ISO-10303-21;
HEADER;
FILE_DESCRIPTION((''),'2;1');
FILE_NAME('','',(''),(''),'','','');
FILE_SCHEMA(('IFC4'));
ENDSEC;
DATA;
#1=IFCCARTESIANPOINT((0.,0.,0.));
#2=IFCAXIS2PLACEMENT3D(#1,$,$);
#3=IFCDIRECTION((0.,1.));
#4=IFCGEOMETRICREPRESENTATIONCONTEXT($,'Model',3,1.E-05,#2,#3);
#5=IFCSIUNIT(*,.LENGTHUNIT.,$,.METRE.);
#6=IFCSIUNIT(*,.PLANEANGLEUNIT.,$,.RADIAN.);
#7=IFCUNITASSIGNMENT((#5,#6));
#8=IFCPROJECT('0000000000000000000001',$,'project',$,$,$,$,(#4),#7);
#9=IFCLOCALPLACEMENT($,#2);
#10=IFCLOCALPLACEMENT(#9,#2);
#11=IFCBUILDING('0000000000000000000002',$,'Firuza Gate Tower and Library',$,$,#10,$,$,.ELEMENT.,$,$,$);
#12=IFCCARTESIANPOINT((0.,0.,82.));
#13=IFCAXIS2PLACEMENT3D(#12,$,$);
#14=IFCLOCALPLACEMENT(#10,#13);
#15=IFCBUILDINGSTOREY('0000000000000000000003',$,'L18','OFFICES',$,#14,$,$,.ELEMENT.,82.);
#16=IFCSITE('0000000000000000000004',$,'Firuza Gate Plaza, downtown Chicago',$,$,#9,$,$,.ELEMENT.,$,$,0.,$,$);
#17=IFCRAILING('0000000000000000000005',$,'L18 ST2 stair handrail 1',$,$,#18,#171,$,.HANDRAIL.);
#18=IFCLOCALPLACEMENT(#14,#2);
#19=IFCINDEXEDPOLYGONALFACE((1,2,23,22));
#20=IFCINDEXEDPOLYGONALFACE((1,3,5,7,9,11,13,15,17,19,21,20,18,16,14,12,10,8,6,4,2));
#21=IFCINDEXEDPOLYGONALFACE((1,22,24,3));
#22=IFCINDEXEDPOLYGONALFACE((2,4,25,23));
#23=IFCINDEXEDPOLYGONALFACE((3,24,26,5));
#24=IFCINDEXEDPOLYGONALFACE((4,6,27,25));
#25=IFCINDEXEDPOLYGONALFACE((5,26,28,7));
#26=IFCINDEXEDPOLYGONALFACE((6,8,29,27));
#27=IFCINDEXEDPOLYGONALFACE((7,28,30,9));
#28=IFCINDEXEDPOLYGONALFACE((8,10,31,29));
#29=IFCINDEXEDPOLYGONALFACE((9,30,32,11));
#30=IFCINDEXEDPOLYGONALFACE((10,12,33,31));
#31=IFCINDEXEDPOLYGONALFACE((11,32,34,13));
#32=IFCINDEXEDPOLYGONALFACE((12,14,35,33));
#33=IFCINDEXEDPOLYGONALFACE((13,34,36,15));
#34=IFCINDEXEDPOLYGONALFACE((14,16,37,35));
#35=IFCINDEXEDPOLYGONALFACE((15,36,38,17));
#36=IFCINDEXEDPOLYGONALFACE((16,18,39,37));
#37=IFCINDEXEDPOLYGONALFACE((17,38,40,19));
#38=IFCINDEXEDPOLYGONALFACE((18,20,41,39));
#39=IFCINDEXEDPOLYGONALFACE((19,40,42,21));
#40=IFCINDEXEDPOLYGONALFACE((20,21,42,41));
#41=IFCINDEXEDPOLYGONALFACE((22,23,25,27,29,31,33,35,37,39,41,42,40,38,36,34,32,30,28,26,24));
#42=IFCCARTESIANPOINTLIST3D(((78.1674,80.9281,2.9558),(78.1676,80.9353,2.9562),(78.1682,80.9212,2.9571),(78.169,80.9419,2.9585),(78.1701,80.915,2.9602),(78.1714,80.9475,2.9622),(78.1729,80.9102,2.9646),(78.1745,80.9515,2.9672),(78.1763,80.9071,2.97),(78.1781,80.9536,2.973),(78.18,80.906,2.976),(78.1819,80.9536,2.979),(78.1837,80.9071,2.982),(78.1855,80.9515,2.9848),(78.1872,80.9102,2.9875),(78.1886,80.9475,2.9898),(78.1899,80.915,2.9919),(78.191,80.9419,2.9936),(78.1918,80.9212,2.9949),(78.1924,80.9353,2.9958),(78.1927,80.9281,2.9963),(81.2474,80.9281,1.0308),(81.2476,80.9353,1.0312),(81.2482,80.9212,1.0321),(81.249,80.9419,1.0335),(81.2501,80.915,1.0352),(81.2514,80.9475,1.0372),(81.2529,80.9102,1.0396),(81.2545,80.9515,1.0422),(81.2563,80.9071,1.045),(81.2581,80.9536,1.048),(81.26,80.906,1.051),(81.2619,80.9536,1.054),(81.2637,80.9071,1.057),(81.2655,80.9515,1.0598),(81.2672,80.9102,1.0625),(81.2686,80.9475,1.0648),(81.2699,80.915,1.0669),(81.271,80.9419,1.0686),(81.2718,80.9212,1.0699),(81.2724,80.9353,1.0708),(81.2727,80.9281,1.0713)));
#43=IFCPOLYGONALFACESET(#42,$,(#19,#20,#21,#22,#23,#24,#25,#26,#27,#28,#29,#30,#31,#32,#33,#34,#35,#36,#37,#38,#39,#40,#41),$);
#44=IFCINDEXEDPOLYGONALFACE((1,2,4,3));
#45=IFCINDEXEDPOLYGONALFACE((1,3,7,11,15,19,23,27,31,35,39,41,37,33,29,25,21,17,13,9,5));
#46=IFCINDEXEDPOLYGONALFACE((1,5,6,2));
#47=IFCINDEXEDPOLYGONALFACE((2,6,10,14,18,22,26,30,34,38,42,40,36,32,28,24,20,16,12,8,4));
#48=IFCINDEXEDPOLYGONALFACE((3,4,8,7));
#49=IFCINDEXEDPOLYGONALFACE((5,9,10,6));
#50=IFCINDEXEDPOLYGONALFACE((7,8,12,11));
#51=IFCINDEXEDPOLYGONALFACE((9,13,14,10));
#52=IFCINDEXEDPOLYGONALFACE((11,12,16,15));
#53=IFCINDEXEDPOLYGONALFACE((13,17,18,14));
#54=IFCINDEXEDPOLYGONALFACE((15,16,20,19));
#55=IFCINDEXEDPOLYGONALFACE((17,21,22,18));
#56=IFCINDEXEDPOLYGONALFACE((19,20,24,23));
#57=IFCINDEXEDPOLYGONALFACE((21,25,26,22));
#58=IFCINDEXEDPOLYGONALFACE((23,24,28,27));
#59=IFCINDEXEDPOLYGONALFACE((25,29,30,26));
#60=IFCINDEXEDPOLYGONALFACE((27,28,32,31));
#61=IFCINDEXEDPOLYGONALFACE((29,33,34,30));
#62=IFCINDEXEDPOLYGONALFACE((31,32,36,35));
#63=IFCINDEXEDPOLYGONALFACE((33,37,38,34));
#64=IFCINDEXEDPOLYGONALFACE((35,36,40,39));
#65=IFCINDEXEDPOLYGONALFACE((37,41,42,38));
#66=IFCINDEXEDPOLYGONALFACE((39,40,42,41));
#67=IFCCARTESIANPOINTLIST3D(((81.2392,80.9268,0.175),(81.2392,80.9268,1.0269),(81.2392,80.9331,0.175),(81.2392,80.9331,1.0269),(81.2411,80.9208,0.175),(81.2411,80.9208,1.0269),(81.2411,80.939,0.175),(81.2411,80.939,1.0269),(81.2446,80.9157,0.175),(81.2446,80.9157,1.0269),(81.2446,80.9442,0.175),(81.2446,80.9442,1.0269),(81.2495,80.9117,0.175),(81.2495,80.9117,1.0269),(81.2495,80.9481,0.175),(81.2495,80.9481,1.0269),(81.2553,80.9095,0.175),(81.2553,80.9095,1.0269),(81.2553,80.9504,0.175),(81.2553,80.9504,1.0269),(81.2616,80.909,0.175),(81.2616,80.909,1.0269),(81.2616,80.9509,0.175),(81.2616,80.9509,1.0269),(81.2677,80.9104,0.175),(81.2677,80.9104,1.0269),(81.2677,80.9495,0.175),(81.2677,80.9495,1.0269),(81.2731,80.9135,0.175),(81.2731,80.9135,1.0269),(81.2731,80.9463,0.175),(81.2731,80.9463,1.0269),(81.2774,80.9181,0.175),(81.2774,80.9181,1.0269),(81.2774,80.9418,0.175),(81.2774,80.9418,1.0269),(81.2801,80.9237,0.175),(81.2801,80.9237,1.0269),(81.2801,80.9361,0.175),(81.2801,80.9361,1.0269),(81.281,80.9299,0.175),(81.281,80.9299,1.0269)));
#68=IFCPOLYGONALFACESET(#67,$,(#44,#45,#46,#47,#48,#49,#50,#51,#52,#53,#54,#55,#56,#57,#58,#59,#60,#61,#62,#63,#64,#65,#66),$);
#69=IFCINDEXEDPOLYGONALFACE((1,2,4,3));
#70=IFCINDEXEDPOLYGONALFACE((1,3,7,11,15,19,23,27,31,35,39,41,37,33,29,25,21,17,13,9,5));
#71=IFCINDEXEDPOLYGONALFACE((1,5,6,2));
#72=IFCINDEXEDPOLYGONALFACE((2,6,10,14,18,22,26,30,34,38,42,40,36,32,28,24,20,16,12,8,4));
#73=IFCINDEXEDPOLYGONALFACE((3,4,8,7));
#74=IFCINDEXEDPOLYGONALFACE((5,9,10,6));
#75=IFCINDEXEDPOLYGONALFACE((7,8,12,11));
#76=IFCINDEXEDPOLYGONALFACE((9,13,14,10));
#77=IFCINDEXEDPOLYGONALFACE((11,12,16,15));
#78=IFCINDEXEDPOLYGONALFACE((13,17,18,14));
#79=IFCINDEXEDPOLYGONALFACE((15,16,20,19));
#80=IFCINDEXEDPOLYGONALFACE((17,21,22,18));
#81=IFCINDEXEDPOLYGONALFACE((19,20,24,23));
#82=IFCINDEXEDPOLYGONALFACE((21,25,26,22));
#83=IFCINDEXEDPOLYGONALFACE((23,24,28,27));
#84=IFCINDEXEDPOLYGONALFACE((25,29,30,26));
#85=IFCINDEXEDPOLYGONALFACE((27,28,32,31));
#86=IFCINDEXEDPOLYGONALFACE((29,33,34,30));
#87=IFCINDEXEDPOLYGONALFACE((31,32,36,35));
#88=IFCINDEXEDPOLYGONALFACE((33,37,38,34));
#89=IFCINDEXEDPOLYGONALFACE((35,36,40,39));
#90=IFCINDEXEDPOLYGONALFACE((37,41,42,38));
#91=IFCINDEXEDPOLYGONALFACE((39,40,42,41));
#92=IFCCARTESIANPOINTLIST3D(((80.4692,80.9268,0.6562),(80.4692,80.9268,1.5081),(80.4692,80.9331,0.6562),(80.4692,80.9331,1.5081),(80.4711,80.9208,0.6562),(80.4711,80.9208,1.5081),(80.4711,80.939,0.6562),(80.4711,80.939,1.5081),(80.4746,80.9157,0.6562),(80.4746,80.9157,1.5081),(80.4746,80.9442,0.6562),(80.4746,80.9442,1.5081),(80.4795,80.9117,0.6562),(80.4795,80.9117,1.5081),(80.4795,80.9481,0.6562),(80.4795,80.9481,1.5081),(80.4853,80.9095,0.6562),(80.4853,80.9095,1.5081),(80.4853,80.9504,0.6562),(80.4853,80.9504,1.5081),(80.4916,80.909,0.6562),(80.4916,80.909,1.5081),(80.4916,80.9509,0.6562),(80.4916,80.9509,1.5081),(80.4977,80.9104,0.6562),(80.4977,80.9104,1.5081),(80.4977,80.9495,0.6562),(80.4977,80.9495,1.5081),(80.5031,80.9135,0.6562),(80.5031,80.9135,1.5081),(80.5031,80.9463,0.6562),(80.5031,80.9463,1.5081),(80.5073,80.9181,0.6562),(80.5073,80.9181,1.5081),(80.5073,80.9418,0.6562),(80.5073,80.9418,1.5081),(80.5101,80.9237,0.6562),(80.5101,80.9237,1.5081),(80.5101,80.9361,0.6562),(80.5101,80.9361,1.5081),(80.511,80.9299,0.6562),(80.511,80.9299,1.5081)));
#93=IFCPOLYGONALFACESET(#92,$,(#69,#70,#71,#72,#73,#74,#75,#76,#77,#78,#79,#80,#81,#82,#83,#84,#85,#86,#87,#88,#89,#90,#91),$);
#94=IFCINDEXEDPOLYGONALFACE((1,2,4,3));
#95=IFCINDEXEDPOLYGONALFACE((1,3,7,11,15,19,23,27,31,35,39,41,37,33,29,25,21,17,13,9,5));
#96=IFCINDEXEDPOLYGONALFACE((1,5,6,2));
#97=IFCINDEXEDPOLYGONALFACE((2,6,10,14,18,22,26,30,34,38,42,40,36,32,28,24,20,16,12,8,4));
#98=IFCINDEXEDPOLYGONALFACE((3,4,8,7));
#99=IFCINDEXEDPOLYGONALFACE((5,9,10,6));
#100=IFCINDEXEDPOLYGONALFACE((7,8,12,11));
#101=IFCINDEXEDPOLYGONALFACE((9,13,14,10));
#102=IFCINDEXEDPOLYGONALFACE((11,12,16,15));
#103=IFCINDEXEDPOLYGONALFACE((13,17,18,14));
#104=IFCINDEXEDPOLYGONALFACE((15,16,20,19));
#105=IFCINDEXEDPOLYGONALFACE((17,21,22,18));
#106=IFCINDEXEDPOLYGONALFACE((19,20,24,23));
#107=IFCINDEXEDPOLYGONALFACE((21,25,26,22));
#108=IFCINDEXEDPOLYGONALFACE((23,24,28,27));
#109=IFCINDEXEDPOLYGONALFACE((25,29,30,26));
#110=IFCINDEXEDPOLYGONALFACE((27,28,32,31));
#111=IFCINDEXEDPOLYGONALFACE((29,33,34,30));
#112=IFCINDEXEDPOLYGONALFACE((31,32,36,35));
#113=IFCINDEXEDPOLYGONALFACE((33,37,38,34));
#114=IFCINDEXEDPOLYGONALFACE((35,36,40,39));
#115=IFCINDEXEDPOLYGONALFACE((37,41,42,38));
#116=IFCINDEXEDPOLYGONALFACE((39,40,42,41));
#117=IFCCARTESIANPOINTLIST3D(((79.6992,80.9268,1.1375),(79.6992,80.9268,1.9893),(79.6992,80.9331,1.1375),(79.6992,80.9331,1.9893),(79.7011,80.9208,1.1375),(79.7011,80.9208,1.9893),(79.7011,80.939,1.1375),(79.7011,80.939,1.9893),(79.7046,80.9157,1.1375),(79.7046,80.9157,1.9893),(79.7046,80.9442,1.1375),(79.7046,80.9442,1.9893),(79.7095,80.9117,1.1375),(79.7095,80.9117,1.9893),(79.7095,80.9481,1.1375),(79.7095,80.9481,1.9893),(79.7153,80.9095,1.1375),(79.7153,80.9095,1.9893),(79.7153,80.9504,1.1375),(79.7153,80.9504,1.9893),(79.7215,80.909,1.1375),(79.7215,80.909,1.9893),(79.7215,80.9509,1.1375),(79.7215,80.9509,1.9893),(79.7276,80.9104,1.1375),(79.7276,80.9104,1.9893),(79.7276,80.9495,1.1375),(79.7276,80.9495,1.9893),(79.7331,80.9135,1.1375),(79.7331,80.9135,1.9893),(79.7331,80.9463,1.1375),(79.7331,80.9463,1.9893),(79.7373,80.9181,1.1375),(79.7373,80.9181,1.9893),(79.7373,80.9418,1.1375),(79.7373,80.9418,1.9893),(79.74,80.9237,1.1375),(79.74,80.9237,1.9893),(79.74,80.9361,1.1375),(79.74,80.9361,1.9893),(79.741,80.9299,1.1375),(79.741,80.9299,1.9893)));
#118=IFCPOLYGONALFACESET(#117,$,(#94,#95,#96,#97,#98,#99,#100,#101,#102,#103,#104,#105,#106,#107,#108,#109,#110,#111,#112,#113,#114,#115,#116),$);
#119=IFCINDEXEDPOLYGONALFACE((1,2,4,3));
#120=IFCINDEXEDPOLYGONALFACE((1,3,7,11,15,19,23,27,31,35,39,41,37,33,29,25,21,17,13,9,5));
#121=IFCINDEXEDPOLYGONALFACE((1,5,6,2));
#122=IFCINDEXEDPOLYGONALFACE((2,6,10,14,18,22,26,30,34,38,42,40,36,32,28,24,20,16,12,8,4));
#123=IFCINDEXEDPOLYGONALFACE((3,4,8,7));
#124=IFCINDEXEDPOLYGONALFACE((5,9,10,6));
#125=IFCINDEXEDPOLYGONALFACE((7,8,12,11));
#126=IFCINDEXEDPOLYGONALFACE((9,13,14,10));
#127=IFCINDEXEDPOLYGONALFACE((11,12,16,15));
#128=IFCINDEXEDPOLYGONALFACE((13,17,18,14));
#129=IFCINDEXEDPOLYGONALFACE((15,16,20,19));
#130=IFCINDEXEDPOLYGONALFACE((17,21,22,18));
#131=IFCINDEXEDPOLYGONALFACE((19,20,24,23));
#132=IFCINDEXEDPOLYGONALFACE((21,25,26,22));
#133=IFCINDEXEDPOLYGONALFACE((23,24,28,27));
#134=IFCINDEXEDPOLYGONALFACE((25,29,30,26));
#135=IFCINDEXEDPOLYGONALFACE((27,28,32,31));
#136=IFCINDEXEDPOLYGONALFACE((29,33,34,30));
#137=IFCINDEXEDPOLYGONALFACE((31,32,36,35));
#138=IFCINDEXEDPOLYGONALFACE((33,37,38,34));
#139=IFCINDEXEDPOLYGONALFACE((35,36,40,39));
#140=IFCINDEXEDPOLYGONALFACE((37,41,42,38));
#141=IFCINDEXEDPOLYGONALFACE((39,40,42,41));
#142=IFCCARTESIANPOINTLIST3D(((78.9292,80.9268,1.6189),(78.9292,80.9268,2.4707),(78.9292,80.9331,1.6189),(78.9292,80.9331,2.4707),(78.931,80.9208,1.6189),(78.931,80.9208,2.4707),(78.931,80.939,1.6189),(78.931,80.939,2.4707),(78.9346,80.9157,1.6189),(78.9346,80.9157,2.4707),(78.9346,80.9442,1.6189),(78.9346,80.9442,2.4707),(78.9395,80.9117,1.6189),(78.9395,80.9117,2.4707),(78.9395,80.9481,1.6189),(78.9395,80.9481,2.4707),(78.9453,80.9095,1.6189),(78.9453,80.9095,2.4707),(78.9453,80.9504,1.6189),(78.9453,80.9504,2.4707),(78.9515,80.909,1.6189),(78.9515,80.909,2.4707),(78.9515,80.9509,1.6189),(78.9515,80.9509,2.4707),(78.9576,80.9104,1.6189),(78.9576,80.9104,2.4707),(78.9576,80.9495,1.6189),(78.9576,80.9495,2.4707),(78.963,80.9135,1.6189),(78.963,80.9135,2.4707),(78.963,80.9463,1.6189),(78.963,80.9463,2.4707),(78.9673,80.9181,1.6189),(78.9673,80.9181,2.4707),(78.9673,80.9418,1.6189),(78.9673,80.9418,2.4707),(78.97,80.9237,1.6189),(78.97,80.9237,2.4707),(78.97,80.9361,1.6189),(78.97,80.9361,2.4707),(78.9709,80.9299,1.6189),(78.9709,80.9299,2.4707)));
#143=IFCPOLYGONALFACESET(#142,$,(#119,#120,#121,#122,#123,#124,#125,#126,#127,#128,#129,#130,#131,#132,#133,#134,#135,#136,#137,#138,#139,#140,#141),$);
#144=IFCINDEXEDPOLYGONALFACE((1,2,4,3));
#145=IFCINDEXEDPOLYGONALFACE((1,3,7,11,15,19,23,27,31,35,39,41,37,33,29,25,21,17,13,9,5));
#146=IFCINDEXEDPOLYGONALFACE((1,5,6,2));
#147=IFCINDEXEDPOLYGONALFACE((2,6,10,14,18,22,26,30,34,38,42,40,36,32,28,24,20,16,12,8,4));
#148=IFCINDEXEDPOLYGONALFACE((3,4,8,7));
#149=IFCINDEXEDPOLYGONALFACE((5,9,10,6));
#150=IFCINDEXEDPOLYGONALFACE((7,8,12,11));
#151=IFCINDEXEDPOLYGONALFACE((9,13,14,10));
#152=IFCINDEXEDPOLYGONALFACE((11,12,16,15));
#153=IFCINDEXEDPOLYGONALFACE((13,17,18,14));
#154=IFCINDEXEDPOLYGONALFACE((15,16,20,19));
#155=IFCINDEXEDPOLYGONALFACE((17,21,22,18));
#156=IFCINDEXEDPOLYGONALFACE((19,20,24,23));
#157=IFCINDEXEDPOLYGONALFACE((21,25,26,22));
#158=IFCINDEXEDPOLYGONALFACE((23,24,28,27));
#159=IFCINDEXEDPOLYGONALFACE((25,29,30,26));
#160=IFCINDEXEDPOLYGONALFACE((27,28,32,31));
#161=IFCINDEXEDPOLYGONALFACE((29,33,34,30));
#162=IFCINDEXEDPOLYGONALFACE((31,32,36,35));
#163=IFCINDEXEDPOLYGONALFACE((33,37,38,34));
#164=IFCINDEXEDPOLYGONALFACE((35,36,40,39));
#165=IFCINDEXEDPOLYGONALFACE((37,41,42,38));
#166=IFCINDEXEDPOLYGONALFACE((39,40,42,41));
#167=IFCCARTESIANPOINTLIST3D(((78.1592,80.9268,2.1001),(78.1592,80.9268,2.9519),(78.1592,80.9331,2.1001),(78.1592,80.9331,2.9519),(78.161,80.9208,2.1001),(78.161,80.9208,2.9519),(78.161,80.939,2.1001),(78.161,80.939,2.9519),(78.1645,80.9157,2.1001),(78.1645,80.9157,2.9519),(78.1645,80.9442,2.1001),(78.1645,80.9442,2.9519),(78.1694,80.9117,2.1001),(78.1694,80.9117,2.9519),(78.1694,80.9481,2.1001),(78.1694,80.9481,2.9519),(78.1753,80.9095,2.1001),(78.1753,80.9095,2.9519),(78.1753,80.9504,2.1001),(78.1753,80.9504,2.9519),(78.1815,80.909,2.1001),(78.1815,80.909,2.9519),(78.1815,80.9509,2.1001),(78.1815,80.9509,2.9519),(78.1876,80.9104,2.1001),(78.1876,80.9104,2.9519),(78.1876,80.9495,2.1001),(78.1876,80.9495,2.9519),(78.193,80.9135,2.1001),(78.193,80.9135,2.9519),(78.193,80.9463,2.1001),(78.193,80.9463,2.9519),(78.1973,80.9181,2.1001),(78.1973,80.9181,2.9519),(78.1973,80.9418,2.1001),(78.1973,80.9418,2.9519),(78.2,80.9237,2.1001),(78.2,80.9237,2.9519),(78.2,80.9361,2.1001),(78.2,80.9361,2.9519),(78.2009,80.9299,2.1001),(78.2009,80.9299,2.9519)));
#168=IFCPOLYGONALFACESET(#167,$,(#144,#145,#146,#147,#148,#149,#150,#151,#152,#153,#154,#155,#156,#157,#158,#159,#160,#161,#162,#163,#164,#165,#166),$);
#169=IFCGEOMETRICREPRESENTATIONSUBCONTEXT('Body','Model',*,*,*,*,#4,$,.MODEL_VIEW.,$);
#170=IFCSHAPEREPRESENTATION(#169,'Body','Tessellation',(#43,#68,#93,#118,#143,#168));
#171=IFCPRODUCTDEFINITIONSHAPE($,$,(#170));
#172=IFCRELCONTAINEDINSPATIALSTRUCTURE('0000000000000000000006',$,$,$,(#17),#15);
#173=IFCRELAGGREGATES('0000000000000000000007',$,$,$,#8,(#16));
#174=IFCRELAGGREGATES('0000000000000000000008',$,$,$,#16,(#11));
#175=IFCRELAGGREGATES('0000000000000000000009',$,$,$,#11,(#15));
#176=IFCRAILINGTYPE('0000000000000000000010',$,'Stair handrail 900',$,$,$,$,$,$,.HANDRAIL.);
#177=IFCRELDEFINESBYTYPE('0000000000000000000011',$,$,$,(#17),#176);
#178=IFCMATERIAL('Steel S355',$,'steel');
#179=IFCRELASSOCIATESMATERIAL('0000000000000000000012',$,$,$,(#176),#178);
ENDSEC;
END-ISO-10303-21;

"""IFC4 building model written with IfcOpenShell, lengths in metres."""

from ifc_helpers import new_model, si_unit, direction, frame, origin, origin_2d, place, context, subcontext, project, spatial, circle, extrude, material, type_object, element, save


model = new_model("IFC4")

# Units and contexts
model_context = context("Model", 3, precision=1e-05, world=origin(), true_north=direction((0.0, 1.0)))
body_context = subcontext(model_context, "Body", "Model", "MODEL_VIEW")
ifc_project = project(units=[si_unit("LENGTHUNIT", "METRE"), si_unit("PLANEANGLEUNIT", "RADIAN")], contexts=[model_context])

# Site, building, storey
site_placement = place(None, origin())
site = spatial("IfcSite", under=ifc_project, at=site_placement, Name="Firuza Gate Plaza, downtown Chicago", CompositionType="ELEMENT", RefElevation=0.0)
building_placement = place(site_placement, origin())
building = spatial("IfcBuilding", under=site, at=building_placement, Name="Firuza Gate Tower and Library", CompositionType="ELEMENT")
storey_placement = place(building_placement, frame((0.0, 0.0, 82.0)))
storey = spatial("IfcBuildingStorey", under=building, at=storey_placement, Name="L18", Description="OFFICES", CompositionType="ELEMENT", Elevation=82.0)

# Railing
ifc_material_1 = material(Name="Steel S355", Category="steel")
railing_type_1 = type_object("IfcRailingType", Name="Stair handrail 900", PredefinedType="HANDRAIL", material=ifc_material_1)
railing_1_placement = place(storey_placement, frame((81.26, 80.9299, 0.175)))
element("IfcRailing", 1, at=railing_1_placement, inside=storey, type_object=railing_type_1, Name="L18 ST2 stair handrail 1", PredefinedType="HANDRAIL", context=body_context, shape_type="SweptSolid", body=[
    extrude(circle(Radius=0.0239, at=origin_2d()), frame((0.0, 0.0, 0.876), z_axis=(-0.847998, 0.0, 0.529999), x_axis=(0.0, -1.0, 0.0)), (0.0, 0.0, 1.0), 3.6321),
    extrude(circle(Radius=0.021, at=origin_2d()), origin(), (0.0, 0.0, 1.0), 0.8518),
    extrude(circle(Radius=0.021, at=origin_2d()), frame((-0.77, 0.0, 0.4812)), (0.0, 0.0, 1.0), 0.8518),
    extrude(circle(Radius=0.021, at=origin_2d()), frame((-1.54, 0.0, 0.9624)), (0.0, 0.0, 1.0), 0.8518),
    extrude(circle(Radius=0.021, at=origin_2d()), frame((-2.3101, 0.0, 1.4438)), (0.0, 0.0, 1.0), 0.8518),
    extrude(circle(Radius=0.021, at=origin_2d()), frame((-3.0801, 0.0, 1.925)), (0.0, 0.0, 1.0), 0.8518),
])

save(model, "model.ifc")
